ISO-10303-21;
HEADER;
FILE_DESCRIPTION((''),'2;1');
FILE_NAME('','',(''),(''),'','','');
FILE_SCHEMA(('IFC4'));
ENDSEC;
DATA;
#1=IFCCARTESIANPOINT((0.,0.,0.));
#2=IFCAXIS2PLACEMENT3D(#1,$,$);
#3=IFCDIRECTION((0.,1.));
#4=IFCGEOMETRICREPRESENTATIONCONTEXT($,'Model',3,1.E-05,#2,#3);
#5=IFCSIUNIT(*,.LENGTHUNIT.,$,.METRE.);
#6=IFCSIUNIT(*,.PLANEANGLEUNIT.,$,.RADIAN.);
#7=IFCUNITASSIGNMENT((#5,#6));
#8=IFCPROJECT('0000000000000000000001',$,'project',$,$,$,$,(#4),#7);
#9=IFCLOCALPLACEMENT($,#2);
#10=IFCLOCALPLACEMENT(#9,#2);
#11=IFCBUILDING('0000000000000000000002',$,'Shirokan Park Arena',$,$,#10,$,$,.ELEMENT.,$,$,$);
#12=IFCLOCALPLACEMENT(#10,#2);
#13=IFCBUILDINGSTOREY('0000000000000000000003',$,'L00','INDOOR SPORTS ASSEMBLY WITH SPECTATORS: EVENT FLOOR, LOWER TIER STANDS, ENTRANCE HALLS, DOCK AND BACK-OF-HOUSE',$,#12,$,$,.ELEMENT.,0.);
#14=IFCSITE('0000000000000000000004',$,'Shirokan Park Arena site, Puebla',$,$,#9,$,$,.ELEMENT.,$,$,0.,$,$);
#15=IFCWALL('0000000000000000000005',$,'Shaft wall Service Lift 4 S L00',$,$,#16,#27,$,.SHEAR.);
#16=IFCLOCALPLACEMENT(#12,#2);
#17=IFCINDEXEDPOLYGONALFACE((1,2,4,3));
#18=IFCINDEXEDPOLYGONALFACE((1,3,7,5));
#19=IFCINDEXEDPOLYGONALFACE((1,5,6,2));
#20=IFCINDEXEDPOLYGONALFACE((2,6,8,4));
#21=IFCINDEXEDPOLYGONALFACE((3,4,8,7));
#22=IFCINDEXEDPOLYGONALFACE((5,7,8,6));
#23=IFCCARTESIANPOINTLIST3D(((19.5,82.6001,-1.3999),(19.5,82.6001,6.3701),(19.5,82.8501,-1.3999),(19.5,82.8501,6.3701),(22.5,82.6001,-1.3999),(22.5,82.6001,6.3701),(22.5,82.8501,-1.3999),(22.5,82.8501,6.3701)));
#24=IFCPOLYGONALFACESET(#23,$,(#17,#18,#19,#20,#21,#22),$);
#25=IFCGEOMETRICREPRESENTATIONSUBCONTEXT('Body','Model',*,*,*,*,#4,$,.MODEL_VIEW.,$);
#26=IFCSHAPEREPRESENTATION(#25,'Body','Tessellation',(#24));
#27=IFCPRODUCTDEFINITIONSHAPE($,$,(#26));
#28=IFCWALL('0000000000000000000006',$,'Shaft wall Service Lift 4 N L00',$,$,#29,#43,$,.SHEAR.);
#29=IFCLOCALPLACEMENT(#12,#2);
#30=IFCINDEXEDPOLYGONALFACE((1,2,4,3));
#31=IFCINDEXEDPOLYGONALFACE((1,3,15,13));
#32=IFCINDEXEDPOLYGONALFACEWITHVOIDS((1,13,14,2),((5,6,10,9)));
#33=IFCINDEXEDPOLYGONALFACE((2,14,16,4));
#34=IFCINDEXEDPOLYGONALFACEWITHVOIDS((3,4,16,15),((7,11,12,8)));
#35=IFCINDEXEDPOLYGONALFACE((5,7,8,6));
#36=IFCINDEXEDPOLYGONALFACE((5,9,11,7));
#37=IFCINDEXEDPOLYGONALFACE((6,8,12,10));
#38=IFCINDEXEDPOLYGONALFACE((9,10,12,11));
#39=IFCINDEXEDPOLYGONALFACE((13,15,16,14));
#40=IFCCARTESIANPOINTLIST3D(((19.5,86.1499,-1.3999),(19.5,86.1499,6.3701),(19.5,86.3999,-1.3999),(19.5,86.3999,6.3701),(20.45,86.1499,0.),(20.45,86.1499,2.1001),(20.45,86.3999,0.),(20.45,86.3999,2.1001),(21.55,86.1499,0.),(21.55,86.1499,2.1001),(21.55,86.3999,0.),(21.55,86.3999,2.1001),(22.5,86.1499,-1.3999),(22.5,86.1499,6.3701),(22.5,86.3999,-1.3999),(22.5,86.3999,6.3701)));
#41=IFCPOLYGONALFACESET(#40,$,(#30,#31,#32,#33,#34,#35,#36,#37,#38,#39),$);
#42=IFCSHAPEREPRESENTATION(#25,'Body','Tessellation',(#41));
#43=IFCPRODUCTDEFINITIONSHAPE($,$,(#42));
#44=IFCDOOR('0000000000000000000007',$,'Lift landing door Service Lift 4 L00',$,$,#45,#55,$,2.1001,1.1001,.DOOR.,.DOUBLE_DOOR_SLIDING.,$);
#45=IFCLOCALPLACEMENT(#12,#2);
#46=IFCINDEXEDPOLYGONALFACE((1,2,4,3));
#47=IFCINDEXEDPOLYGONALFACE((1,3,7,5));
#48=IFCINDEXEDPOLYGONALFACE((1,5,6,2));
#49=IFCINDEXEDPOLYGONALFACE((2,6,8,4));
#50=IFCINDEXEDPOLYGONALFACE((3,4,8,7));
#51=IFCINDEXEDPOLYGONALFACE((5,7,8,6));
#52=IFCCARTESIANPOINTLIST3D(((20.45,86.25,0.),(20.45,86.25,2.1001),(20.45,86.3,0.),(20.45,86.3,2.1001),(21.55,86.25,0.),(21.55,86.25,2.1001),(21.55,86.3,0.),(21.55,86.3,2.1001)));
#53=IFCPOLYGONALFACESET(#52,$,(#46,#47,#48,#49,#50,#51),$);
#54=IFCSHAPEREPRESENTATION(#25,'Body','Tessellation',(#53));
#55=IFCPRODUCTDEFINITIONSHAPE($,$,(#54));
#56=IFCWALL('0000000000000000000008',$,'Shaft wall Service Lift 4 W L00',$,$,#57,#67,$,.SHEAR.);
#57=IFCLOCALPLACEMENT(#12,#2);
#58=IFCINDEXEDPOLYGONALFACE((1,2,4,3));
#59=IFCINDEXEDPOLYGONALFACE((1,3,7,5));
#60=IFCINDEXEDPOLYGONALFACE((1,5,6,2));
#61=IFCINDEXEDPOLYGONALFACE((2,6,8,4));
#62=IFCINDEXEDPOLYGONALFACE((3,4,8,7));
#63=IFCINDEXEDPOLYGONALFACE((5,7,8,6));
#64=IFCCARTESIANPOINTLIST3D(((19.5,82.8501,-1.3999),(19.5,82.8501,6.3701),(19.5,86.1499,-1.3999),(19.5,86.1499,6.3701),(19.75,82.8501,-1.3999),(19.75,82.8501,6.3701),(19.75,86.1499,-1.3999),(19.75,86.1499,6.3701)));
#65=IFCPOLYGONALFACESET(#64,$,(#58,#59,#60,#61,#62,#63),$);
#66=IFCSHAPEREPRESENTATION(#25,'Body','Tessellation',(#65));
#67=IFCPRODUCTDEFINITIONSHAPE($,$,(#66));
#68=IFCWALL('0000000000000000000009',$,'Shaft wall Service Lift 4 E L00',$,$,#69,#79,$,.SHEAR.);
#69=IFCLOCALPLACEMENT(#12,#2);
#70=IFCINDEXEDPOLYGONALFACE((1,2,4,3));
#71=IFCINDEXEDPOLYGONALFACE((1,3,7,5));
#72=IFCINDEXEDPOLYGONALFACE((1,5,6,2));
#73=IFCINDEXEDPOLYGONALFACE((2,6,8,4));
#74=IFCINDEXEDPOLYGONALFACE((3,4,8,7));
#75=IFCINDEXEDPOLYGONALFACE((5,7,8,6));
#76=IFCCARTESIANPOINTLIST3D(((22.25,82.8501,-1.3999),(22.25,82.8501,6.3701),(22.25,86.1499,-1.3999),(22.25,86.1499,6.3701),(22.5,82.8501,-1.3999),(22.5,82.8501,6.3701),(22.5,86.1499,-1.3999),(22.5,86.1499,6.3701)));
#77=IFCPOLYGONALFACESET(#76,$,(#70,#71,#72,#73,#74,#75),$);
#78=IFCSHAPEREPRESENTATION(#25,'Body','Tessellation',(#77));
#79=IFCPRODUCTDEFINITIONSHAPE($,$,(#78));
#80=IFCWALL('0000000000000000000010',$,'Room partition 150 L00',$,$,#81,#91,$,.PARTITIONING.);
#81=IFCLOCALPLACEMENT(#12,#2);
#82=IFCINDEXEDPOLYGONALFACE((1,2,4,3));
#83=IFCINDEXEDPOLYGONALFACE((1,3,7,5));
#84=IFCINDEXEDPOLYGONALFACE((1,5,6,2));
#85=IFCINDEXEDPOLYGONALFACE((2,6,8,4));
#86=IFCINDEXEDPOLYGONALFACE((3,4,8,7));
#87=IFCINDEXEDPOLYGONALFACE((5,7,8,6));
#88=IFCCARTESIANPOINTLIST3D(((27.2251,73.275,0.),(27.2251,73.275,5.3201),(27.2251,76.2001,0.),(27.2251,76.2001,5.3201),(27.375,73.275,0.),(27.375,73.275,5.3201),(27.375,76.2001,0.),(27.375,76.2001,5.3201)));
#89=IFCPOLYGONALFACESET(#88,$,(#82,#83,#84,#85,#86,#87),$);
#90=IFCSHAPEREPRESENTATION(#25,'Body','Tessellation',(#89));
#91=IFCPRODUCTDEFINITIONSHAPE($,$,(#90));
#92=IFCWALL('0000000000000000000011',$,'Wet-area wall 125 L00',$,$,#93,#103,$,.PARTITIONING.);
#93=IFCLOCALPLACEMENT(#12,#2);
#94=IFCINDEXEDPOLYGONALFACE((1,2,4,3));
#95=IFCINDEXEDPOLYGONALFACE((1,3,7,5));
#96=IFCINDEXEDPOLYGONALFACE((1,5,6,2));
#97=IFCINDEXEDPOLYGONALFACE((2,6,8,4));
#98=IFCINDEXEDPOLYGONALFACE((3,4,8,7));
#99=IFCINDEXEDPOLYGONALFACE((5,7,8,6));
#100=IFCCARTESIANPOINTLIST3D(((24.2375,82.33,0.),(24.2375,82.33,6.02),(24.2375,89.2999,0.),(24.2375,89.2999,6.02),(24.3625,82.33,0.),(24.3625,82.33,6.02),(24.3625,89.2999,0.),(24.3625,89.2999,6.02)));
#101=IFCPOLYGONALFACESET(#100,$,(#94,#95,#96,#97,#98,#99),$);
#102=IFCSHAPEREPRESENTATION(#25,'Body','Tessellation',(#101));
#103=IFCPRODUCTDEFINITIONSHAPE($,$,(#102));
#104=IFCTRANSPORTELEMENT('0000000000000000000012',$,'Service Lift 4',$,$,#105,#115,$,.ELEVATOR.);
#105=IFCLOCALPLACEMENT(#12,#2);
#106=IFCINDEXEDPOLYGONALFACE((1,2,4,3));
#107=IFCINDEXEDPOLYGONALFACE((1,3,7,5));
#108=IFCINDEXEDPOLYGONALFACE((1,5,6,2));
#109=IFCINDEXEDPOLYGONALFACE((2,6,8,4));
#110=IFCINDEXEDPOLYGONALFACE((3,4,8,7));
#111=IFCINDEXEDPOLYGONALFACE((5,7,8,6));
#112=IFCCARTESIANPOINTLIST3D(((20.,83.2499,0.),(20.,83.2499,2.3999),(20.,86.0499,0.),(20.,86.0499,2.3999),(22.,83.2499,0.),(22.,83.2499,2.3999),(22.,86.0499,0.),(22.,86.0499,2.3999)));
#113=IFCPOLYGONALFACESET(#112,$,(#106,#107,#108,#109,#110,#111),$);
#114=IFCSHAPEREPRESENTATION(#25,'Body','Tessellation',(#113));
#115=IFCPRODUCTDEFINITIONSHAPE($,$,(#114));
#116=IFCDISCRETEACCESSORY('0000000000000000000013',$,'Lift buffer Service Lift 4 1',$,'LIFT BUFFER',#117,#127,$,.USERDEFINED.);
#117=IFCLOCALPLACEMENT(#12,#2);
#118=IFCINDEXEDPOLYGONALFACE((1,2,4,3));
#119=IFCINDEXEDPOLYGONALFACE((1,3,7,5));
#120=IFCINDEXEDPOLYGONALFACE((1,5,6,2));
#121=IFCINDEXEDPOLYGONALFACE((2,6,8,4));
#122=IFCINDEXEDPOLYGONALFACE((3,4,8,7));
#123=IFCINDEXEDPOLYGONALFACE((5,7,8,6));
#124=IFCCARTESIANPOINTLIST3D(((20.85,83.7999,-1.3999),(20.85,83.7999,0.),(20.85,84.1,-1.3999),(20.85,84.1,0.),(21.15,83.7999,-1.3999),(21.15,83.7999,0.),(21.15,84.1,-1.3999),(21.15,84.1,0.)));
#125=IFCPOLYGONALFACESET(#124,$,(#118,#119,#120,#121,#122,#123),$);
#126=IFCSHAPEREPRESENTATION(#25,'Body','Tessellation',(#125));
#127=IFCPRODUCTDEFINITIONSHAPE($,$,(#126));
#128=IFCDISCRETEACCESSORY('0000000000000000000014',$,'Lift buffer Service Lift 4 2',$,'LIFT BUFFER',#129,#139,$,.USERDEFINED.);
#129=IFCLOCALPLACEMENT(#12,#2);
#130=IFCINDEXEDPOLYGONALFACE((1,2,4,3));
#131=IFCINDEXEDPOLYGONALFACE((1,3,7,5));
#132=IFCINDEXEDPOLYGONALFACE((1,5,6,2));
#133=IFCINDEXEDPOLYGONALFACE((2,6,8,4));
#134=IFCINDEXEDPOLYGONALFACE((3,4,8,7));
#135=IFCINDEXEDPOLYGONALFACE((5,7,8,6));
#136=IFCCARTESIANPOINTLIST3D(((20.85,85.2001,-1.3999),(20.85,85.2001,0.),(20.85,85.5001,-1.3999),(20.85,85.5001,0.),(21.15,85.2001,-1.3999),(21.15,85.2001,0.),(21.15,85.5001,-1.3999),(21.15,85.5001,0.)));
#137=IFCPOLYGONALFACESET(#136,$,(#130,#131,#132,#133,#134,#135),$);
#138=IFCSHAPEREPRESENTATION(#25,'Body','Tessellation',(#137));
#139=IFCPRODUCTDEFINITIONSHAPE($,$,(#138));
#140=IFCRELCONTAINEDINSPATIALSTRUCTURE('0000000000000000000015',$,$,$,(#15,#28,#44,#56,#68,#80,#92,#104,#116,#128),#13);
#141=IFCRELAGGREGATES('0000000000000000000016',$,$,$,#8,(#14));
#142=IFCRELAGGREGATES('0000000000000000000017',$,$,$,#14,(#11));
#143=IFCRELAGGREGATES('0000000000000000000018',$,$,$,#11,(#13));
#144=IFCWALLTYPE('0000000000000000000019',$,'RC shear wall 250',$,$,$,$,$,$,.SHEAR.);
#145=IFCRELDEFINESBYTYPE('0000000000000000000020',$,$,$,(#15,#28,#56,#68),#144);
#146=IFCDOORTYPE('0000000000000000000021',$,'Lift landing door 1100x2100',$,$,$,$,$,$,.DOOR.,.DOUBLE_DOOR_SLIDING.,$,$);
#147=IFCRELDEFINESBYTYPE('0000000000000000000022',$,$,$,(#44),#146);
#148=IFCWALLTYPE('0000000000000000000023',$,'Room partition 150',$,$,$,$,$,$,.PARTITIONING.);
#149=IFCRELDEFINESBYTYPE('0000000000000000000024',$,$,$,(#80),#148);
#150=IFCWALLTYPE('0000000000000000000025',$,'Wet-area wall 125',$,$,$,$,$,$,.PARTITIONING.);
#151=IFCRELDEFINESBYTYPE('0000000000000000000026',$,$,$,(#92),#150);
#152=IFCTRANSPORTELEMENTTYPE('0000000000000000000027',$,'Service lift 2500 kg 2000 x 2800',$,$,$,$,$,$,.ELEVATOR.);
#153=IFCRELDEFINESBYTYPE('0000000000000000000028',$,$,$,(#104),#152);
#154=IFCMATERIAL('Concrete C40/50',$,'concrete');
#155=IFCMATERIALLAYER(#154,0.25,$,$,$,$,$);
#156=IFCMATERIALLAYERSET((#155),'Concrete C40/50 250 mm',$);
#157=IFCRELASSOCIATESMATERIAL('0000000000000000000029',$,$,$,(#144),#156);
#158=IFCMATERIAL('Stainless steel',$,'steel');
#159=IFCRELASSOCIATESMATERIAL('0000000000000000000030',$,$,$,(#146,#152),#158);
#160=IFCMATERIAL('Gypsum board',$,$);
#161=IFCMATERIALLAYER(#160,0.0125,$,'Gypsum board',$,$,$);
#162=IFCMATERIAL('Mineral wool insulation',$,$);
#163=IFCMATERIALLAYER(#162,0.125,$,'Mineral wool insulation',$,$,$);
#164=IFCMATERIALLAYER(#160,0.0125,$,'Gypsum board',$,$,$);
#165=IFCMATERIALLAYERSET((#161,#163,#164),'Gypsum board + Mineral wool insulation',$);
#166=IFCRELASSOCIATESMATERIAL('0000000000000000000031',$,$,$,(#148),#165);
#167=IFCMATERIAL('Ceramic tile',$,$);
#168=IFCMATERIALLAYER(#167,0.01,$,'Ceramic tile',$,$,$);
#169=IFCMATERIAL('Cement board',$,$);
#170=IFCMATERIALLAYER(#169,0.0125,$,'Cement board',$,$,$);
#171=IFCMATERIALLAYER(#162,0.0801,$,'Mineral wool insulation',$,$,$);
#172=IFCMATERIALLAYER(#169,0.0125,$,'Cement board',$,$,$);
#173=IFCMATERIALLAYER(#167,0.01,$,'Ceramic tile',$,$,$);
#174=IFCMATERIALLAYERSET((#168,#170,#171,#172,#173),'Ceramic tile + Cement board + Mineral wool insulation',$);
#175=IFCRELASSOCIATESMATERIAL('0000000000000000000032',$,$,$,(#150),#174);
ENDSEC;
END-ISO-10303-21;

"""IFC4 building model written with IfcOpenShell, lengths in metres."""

from ifc_helpers import new_model, si_unit, direction, frame, frame_2d, origin, origin_2d, place, context, subcontext, project, spatial, rectangle, extrude, material, layer, layer_set, type_object, element, fill, save


model = new_model("IFC4")

# Units and contexts
model_context = context("Model", 3, precision=1e-05, world=origin(), true_north=direction((0.0, 1.0)))
body_context = subcontext(model_context, "Body", "Model", "MODEL_VIEW")
ifc_project = project(units=[si_unit("LENGTHUNIT", "METRE"), si_unit("PLANEANGLEUNIT", "RADIAN")], contexts=[model_context])

# Site, building, storey
site_placement = place(None, origin())
site = spatial("IfcSite", under=ifc_project, at=site_placement, Name="Shirokan Park Arena site, Puebla", CompositionType="ELEMENT", RefElevation=0.0)
building_placement = place(site_placement, origin())
building = spatial("IfcBuilding", under=site, at=building_placement, Name="Shirokan Park Arena", CompositionType="ELEMENT")
storey_placement = place(building_placement, origin())
storey = spatial("IfcBuildingStorey", under=building, at=storey_placement, Name="L00", Description="INDOOR SPORTS ASSEMBLY WITH SPECTATORS: EVENT FLOOR, LOWER TIER STANDS, ENTRANCE HALLS, DOCK AND BACK-OF-HOUSE", CompositionType="ELEMENT", Elevation=0.0)

# Shared definitions
ifc_material_1 = material(Name="Gypsum board")
ifc_material_2 = material(Name="Mineral wool insulation")
ifc_material_3 = material(Name="Concrete C40/50", Category="concrete")
ifc_layer_1 = layer(ifc_material_3, 0.25)
ifc_layer_set_1 = layer_set([ifc_layer_1], Name="Concrete C40/50 250 mm")
wall_type_1 = type_object("IfcWallType", Name="RC shear wall 250", PredefinedType="SHEAR", material=ifc_layer_set_1)

# Wall
wall_1_placement = place(storey_placement, frame((22.5, 82.7251, -1.3999), z_axis=(0.0, 0.0, 1.0), x_axis=(-1.0, 0.0, 0.0)))
element("IfcWall", 1, at=wall_1_placement, inside=storey, type_object=wall_type_1, Name="Shaft wall Service Lift 4 S L00", PredefinedType="SHEAR", context=body_context, shape_type="SweptSolid", body=[
    extrude(rectangle(XDim=3.0, YDim=0.25, at=frame_2d((1.5, 0.0))), origin(), (0.0, 0.0, 1.0), 7.77),
])

# Wall, opening, door
wall_2_placement = place(storey_placement, frame((22.5, 86.2749, -1.3999), z_axis=(0.0, 0.0, 1.0), x_axis=(-1.0, 0.0, 0.0)))
wall_2 = element("IfcWall", 2, at=wall_2_placement, inside=storey, type_object=wall_type_1, Name="Shaft wall Service Lift 4 N L00", PredefinedType="SHEAR", context=body_context, shape_type="SweptSolid", body=[
    extrude(rectangle(XDim=3.0, YDim=0.25, at=frame_2d((1.5, 0.0))), origin(), (0.0, 0.0, 1.0), 7.77),
])
opening_1_placement = place(wall_2_placement, frame((0.95, 0.0, 1.3999)))
opening_1 = element("IfcOpeningElement", 3, at=opening_1_placement, cuts=wall_2, PredefinedType="OPENING", context=body_context, shape_type="SweptSolid", body=[
    extrude(rectangle(XDim=1.1001, YDim=2.1001, at=frame_2d((0.55, 1.05))), frame((0.0, 0.135, 0.0), z_axis=(0.0, -1.0, 0.0), x_axis=(1.0, 0.0, 0.0)), (0.0, 0.0, 1.0), 0.27),
])
ifc_material_4 = material(Name="Stainless steel", Category="steel")
door_type_1 = type_object("IfcDoorType", Name="Lift landing door 1100x2100", OperationType="DOUBLE_DOOR_SLIDING", PredefinedType="DOOR", material=ifc_material_4)
door_1_placement = place(opening_1_placement, origin())
door_1 = element("IfcDoor", 4, at=door_1_placement, inside=storey, type_object=door_type_1, Name="Lift landing door Service Lift 4 L00", OperationType="DOUBLE_DOOR_SLIDING", OverallHeight=2.1001, OverallWidth=1.1001, PredefinedType="DOOR", context=body_context, shape_type="SweptSolid", body=[
    extrude(rectangle(XDim=1.1001, YDim=2.1001, at=frame_2d((0.55, 1.05))), frame((0.0, 0.0249, 0.0), z_axis=(0.0, -1.0, 0.0), x_axis=(1.0, 0.0, 0.0)), (0.0, 0.0, 1.0), 0.05),
])
fill(opening_1, door_1)

# Walls
for number, where, z_axis, x_axis, name in (
    (5, (19.625, 86.1499, -1.3999), (0.0, 0.0, 1.0), (0.0, -1.0, 0.0), "Shaft wall Service Lift 4 W L00"),
    (6, (22.375, 86.1499, -1.3999), (0.0, 0.0, 1.0), (0.0, -1.0, 0.0), "Shaft wall Service Lift 4 E L00"),
):
    element("IfcWall", number, at=place(storey_placement, frame(where, z_axis=z_axis, x_axis=x_axis)), inside=storey, type_object=wall_type_1, Name=name, PredefinedType="SHEAR", context=body_context, shape_type="SweptSolid", body=[
        extrude(rectangle(XDim=3.2998, YDim=0.25, at=frame_2d((1.6499, 0.0))), origin(), (0.0, 0.0, 1.0), 7.77),
    ])
ifc_layer_2 = layer(ifc_material_1, 0.0125, Name="Gypsum board")
ifc_layer_3 = layer(ifc_material_2, 0.125, Name="Mineral wool insulation")
ifc_layer_4 = layer(ifc_material_1, 0.0125, Name="Gypsum board")
ifc_layer_set_2 = layer_set([ifc_layer_2, ifc_layer_3, ifc_layer_4], Name="Gypsum board + Mineral wool insulation")
wall_type_2 = type_object("IfcWallType", Name="Room partition 150", PredefinedType="PARTITIONING", material=ifc_layer_set_2)
wall_3_placement = place(storey_placement, frame((27.3, 76.2, 0.0), z_axis=(0.0, 0.0, 1.0), x_axis=(0.0, -1.0, 0.0)))
element("IfcWall", 7, at=wall_3_placement, inside=storey, type_object=wall_type_2, Name="Room partition 150 L00", PredefinedType="PARTITIONING", context=body_context, shape_type="SweptSolid", body=[
    extrude(rectangle(XDim=2.925, YDim=0.1499, at=frame_2d((1.4624, 0.0))), origin(), (0.0, 0.0, 1.0), 5.3201),
])
ifc_material_5 = material(Name="Ceramic tile")
ifc_layer_5 = layer(ifc_material_5, 0.01, Name="Ceramic tile")
ifc_material_6 = material(Name="Cement board")
ifc_layer_6 = layer(ifc_material_6, 0.0125, Name="Cement board")
ifc_layer_7 = layer(ifc_material_2, 0.0801, Name="Mineral wool insulation")
ifc_layer_8 = layer(ifc_material_6, 0.0125, Name="Cement board")
ifc_layer_9 = layer(ifc_material_5, 0.01, Name="Ceramic tile")
ifc_layer_set_3 = layer_set([ifc_layer_5, ifc_layer_6, ifc_layer_7, ifc_layer_8, ifc_layer_9], Name="Ceramic tile + Cement board + Mineral wool insulation")
wall_type_3 = type_object("IfcWallType", Name="Wet-area wall 125", PredefinedType="PARTITIONING", material=ifc_layer_set_3)
wall_4_placement = place(storey_placement, frame((24.3, 82.3301, 0.0), z_axis=(0.0, 0.0, 1.0), x_axis=(0.0, 1.0, 0.0)))
element("IfcWall", 8, at=wall_4_placement, inside=storey, type_object=wall_type_3, Name="Wet-area wall 125 L00", PredefinedType="PARTITIONING", context=body_context, shape_type="SweptSolid", body=[
    extrude(rectangle(XDim=6.97, YDim=0.125, at=frame_2d((3.4849, 0.0))), origin(), (0.0, 0.0, 1.0), 6.02),
])

# Transport element
transport_element_type = type_object("IfcTransportElementType", Name="Service lift 2500 kg 2000 x 2800", PredefinedType="ELEVATOR", material=ifc_material_4)
transport_element_placement = place(storey_placement, frame((21.0, 84.6499, 0.0), z_axis=(0.0, 0.0, 1.0), x_axis=(1.0, 0.0, 0.0)))
element("IfcTransportElement", 9, at=transport_element_placement, inside=storey, type_object=transport_element_type, Name="Service Lift 4", PredefinedType="ELEVATOR", context=body_context, shape_type="SweptSolid", body=[
    extrude(rectangle(XDim=2.0, YDim=2.8, at=origin_2d()), origin(), (0.0, 0.0, 1.0), 2.3999),
])

# Discrete accessories
for number, where, z_axis, x_axis, name in (
    (10, (21.0, 83.95, -1.3999), (0.0, 0.0, 1.0), (1.0, 0.0, 0.0), "Lift buffer Service Lift 4 1"),
    (11, (21.0, 85.3501, -1.3999), (0.0, 0.0, 1.0), (1.0, 0.0, 0.0), "Lift buffer Service Lift 4 2"),
):
    element("IfcDiscreteAccessory", number, at=place(storey_placement, frame(where, z_axis=z_axis, x_axis=x_axis)), inside=storey, Name=name, ObjectType="LIFT BUFFER", PredefinedType="USERDEFINED", context=body_context, shape_type="SweptSolid", body=[
        extrude(rectangle(XDim=0.3, YDim=0.3, at=origin_2d()), origin(), (0.0, 0.0, 1.0), 1.3999),
    ])

save(model, "model.ifc")
